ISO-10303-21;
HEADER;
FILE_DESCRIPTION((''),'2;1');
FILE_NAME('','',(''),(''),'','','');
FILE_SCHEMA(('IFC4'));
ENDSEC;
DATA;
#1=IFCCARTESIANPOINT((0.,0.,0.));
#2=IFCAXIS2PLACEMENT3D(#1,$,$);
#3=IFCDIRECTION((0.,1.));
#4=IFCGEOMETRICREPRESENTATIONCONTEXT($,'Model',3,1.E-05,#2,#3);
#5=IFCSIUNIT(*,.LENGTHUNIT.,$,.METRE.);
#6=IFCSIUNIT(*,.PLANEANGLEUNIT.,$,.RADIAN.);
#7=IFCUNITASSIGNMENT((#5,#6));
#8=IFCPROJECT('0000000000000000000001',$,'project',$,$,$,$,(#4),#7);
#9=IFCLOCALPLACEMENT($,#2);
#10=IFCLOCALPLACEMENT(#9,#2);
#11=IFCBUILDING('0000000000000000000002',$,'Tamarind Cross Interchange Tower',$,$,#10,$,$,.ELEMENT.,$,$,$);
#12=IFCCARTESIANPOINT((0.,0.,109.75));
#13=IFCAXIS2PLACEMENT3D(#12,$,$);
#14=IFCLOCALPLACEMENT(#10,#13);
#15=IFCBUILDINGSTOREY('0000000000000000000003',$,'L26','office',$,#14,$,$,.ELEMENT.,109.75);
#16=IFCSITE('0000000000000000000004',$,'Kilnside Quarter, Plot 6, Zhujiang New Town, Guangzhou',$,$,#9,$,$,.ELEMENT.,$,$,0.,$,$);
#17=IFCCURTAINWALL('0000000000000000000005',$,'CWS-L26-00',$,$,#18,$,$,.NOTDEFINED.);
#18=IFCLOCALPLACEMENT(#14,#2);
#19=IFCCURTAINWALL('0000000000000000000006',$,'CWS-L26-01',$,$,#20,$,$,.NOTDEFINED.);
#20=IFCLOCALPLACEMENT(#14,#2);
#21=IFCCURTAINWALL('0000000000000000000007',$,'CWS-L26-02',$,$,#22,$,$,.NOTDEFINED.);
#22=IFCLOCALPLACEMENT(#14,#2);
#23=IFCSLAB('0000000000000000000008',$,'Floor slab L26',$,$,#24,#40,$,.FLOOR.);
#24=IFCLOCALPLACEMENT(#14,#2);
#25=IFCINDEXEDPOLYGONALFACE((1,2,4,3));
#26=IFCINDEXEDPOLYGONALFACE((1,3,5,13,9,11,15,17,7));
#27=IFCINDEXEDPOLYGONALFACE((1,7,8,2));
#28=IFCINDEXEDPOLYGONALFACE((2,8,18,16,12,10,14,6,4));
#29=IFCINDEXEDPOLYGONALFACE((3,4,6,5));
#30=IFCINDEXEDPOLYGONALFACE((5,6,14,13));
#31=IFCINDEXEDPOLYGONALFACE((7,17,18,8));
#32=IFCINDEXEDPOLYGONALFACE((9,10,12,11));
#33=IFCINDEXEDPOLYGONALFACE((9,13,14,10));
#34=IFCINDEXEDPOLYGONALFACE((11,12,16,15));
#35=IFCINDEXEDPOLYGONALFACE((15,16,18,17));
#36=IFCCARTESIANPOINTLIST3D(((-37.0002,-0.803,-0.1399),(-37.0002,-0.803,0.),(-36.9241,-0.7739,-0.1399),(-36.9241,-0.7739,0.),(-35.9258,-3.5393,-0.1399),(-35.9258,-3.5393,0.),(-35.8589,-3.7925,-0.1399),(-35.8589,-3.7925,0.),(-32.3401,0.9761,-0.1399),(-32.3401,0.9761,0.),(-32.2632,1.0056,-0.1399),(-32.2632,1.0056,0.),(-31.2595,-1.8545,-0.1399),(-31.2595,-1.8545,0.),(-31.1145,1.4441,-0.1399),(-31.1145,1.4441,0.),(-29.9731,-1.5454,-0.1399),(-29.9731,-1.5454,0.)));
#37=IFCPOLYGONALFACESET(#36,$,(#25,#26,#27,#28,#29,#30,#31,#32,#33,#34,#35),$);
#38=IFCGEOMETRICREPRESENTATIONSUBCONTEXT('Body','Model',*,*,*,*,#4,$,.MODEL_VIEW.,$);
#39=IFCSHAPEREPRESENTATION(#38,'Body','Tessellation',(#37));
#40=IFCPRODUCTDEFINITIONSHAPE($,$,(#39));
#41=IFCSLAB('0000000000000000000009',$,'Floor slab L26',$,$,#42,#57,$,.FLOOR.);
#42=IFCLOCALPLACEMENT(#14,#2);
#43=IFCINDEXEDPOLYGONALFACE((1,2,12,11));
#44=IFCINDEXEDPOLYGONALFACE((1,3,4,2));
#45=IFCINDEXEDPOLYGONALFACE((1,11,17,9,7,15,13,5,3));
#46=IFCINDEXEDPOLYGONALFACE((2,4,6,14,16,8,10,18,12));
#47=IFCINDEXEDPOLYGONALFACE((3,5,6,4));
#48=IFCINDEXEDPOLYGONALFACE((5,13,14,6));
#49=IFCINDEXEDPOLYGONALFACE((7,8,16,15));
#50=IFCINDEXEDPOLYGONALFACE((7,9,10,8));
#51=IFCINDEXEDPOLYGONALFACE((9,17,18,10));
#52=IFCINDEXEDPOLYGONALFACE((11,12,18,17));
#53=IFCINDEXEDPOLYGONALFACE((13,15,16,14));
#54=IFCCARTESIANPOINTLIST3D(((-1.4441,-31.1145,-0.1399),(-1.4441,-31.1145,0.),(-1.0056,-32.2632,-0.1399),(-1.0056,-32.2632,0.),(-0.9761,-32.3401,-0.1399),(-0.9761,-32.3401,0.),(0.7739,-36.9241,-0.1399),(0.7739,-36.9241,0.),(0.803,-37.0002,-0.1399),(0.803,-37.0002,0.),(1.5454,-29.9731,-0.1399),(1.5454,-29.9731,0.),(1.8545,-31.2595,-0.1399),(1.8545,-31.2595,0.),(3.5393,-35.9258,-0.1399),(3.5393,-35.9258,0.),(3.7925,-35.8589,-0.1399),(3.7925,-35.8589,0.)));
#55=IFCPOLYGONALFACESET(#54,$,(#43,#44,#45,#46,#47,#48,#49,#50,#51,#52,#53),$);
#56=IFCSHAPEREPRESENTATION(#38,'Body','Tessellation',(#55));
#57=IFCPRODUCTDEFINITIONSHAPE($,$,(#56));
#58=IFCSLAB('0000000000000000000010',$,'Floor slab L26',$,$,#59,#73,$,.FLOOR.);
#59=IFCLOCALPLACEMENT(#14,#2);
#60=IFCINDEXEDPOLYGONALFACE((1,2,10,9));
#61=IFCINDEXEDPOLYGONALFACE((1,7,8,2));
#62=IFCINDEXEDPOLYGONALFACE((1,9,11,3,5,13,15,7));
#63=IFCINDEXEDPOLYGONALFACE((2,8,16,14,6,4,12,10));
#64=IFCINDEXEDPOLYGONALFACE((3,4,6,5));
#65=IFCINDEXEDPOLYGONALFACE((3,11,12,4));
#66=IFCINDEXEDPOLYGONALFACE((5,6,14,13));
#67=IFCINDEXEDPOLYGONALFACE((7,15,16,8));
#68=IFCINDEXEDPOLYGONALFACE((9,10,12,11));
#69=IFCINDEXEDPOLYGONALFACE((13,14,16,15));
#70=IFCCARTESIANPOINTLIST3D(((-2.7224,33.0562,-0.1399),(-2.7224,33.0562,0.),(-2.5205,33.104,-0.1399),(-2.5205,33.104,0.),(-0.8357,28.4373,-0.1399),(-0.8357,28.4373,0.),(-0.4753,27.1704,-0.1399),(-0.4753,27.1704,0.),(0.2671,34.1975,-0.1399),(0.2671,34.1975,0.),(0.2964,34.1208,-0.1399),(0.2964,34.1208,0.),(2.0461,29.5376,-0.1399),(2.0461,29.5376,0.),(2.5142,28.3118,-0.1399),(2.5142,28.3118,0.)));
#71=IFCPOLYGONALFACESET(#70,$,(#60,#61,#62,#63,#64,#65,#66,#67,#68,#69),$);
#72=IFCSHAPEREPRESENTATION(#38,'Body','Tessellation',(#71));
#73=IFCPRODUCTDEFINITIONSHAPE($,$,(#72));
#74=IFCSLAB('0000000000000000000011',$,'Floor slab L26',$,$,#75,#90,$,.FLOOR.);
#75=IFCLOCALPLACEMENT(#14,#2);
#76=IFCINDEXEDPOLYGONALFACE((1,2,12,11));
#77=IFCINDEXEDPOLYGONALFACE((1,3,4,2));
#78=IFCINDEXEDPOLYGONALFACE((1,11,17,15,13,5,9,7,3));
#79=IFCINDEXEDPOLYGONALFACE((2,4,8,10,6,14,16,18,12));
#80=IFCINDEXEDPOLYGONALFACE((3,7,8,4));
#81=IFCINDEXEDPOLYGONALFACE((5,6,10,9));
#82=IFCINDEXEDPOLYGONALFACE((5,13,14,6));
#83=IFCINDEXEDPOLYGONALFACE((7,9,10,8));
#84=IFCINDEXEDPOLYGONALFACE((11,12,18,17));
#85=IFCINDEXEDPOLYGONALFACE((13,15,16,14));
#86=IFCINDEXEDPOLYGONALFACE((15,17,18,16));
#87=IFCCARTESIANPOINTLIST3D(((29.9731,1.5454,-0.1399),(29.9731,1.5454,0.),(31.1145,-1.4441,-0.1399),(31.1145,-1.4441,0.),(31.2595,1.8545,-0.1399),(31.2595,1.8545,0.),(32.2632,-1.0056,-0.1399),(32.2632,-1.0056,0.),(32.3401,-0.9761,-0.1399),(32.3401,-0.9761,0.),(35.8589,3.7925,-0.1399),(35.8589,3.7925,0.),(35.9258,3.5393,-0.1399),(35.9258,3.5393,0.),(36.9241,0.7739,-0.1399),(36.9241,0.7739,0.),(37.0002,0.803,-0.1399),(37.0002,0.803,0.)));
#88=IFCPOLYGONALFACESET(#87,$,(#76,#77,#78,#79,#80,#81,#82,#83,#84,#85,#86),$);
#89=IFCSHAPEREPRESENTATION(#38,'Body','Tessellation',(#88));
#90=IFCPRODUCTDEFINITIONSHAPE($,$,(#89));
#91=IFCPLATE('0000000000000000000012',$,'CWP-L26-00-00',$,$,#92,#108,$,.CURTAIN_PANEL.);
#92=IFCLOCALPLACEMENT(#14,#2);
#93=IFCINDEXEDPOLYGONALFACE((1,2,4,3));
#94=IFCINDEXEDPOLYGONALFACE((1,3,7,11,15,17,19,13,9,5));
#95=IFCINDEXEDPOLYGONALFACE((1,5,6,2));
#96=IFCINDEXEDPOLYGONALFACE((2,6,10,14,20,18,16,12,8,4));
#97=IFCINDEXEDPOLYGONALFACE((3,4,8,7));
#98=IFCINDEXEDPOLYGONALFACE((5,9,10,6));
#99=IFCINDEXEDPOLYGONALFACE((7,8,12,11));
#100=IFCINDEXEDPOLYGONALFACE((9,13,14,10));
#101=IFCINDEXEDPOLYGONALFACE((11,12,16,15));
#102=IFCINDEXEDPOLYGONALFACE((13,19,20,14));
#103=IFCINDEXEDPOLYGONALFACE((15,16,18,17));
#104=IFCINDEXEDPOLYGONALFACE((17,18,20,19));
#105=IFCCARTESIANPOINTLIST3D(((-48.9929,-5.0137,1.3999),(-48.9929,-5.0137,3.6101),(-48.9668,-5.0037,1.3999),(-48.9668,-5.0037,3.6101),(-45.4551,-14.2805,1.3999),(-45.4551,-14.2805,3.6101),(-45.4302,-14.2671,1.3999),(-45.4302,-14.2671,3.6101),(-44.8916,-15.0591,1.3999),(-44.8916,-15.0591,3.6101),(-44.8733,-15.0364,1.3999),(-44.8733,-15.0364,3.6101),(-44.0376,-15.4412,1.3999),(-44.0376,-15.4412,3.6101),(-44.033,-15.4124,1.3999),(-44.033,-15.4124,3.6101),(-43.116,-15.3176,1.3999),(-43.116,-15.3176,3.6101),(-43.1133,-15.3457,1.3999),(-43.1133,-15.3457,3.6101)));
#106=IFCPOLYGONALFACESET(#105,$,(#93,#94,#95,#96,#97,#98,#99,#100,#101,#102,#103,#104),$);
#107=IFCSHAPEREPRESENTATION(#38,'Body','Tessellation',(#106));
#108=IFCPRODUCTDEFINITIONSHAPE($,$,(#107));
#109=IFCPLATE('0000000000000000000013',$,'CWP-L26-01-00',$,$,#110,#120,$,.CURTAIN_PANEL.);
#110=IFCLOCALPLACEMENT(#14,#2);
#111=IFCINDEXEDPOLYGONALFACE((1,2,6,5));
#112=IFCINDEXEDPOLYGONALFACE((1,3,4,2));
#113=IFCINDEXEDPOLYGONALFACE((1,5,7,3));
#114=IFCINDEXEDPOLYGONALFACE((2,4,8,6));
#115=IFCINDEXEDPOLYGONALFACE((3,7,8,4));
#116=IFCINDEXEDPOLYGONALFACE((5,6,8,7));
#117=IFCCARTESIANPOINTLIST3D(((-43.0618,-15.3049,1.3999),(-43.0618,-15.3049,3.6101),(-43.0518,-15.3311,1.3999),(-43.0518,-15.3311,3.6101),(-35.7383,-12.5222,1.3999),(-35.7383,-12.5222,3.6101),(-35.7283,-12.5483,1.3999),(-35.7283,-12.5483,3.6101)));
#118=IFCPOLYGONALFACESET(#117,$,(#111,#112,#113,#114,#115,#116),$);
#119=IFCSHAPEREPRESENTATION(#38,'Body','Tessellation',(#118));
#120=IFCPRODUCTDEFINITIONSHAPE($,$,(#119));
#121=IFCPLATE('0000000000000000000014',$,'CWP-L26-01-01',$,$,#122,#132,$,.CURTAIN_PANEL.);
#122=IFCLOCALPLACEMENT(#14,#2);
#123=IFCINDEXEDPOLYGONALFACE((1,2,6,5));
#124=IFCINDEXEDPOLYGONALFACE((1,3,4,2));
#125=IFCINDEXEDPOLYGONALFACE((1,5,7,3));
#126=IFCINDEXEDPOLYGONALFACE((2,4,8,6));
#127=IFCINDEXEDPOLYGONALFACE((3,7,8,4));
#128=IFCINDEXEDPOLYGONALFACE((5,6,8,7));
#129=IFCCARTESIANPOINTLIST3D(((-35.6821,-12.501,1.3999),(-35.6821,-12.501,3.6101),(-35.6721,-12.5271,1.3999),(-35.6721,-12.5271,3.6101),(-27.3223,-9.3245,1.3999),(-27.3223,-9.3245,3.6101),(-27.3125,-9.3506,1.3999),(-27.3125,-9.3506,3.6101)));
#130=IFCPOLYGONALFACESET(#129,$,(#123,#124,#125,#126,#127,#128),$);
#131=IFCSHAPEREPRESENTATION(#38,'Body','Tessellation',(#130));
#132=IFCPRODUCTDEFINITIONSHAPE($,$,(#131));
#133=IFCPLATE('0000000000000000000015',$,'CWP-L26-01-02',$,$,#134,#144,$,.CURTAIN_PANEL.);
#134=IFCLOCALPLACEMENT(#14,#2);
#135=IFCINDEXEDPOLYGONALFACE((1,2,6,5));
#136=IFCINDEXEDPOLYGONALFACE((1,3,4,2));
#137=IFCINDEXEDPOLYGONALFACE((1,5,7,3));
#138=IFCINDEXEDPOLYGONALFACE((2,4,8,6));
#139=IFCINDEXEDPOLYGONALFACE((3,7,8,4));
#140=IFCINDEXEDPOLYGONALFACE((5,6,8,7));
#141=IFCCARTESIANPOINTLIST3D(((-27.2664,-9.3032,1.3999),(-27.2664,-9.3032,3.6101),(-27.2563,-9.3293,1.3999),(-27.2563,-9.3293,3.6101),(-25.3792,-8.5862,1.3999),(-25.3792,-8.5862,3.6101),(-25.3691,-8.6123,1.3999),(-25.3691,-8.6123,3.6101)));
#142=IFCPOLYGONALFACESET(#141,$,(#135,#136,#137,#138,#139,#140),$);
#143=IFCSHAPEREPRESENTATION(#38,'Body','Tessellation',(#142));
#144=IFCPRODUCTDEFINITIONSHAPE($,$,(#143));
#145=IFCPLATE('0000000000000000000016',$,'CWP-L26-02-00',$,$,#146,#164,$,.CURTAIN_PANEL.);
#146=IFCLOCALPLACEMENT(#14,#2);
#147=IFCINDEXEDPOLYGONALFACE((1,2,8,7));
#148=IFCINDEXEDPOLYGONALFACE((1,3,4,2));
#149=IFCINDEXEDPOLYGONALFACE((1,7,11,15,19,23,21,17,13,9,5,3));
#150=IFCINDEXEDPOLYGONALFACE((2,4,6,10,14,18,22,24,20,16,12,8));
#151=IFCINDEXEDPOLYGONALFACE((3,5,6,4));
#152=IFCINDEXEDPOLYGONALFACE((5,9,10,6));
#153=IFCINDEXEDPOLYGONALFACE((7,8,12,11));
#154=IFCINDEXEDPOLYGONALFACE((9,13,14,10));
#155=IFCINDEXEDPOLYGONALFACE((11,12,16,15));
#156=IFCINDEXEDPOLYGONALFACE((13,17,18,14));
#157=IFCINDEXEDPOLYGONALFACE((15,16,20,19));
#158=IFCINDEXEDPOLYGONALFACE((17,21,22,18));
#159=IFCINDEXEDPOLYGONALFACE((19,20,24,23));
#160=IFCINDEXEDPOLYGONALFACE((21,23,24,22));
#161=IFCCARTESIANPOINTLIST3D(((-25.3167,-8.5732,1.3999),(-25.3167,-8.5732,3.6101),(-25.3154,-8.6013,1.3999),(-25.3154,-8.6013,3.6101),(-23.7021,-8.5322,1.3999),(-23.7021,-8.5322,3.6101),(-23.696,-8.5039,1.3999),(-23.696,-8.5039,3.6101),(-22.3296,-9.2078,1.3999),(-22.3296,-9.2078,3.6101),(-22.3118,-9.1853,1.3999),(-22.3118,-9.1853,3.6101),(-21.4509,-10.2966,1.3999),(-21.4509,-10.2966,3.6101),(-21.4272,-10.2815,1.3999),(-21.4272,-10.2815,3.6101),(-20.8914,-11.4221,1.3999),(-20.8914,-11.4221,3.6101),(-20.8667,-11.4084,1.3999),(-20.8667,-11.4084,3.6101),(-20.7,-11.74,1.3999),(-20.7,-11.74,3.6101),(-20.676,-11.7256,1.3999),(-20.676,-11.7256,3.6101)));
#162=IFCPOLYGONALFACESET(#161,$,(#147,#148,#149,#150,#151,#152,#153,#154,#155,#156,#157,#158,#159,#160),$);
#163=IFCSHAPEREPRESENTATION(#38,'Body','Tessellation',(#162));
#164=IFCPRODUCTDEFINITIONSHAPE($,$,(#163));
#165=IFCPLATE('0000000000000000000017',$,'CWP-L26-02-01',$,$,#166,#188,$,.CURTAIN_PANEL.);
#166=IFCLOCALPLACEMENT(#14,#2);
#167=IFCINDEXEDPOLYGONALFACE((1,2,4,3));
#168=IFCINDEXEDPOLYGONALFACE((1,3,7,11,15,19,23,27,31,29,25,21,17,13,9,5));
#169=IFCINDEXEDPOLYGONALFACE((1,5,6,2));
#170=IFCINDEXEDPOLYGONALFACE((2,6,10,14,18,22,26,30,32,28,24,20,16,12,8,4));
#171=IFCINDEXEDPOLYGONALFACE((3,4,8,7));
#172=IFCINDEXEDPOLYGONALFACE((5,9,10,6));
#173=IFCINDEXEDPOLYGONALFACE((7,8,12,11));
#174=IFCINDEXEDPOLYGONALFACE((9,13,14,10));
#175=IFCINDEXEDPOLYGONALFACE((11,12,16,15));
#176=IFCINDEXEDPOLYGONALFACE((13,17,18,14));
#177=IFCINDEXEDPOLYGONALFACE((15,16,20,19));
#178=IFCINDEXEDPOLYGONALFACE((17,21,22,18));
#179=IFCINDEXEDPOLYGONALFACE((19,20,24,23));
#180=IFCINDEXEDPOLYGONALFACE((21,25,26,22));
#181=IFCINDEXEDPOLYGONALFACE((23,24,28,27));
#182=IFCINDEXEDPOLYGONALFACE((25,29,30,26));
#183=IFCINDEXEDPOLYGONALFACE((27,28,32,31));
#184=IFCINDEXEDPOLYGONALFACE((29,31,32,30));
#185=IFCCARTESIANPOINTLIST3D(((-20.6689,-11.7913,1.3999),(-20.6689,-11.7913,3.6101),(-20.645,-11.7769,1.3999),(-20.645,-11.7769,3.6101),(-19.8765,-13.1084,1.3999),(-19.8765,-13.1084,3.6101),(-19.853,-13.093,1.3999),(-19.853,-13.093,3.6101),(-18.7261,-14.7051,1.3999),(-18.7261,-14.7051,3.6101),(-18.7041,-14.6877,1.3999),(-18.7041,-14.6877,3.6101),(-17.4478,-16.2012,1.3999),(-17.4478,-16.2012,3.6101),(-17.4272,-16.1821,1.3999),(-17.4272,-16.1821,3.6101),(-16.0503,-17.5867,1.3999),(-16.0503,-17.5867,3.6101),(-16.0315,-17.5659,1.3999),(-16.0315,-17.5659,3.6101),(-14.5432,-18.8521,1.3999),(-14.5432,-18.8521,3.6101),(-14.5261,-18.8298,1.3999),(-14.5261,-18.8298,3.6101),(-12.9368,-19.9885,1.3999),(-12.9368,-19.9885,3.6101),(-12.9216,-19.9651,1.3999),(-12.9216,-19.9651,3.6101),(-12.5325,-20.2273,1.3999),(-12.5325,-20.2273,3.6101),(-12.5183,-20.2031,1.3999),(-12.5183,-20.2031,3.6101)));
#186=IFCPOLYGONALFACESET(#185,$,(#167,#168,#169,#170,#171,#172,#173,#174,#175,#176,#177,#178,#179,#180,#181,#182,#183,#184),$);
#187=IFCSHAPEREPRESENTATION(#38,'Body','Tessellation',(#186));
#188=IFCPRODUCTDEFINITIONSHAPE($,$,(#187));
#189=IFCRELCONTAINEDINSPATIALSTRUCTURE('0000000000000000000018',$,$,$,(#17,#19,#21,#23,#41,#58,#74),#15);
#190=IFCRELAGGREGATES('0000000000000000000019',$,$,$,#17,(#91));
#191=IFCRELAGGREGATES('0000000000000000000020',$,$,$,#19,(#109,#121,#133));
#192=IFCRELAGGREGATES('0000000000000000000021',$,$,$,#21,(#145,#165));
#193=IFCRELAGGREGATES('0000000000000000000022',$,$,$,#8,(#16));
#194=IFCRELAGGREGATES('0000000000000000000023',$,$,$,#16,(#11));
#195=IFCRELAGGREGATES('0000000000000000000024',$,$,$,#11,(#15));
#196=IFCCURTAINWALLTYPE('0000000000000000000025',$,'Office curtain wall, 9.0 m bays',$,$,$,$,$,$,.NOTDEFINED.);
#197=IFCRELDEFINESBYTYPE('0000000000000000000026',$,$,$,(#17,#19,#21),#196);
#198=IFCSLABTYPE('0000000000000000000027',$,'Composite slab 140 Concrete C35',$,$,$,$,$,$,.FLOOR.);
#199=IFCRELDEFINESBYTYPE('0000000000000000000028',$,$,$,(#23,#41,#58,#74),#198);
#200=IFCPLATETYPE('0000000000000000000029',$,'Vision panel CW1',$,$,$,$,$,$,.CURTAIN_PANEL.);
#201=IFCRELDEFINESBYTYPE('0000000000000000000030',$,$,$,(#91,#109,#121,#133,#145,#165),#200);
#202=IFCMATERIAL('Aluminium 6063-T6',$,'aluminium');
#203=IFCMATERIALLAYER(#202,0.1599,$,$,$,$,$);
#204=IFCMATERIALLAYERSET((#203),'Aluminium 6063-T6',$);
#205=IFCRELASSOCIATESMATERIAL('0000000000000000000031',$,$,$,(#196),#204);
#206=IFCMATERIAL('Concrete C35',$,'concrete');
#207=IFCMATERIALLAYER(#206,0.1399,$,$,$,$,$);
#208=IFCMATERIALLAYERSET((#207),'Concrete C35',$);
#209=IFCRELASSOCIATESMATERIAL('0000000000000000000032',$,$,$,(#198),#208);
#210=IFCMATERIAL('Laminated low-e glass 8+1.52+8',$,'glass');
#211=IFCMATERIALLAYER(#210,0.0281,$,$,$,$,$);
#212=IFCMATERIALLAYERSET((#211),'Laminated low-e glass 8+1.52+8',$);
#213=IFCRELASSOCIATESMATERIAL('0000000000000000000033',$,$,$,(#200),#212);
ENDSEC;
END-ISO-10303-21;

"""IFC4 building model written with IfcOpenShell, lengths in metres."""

from ifc_helpers import new_model, si_unit, direction, frame, origin, place, context, subcontext, project, spatial, polyline, outline, extrude, material, layer, layer_set, type_object, element, aggregate, save


model = new_model("IFC4")

# Units and contexts
model_context = context("Model", 3, precision=1e-05, world=origin(), true_north=direction((0.0, 1.0)))
body_context = subcontext(model_context, "Body", "Model", "MODEL_VIEW")
ifc_project = project(units=[si_unit("LENGTHUNIT", "METRE"), si_unit("PLANEANGLEUNIT", "RADIAN")], contexts=[model_context])

# Site, building, storey
site_placement = place(None, origin())
site = spatial("IfcSite", under=ifc_project, at=site_placement, Name="Kilnside Quarter, Plot 6, Zhujiang New Town, Guangzhou", CompositionType="ELEMENT", RefElevation=0.0)
building_placement = place(site_placement, origin())
building = spatial("IfcBuilding", under=site, at=building_placement, Name="Tamarind Cross Interchange Tower", CompositionType="ELEMENT")
storey_placement = place(building_placement, frame((0.0, 0.0, 109.75)))
storey = spatial("IfcBuildingStorey", under=building, at=storey_placement, Name="L26", Description="office", CompositionType="ELEMENT", Elevation=109.75)

# Curtain walls
ifc_material_1 = material(Name="Aluminium 6063-T6", Category="aluminium")
ifc_layer_1 = layer(ifc_material_1, 0.1599)
ifc_layer_set_1 = layer_set([ifc_layer_1], Name="Aluminium 6063-T6")
curtain_wall_type = type_object("IfcCurtainWallType", Name="Office curtain wall, 9.0 m bays", PredefinedType="NOTDEFINED", material=ifc_layer_set_1)
curtain_wall_1_placement = place(storey_placement, origin())
curtain_wall_1 = element("IfcCurtainWall", 1, at=curtain_wall_1_placement, inside=storey, type_object=curtain_wall_type, Name="CWS-L26-00", PredefinedType="NOTDEFINED")
curtain_wall_2_placement = place(storey_placement, origin())
curtain_wall_2 = element("IfcCurtainWall", 2, at=curtain_wall_2_placement, inside=storey, type_object=curtain_wall_type, Name="CWS-L26-01", PredefinedType="NOTDEFINED")
curtain_wall_3_placement = place(storey_placement, origin())
curtain_wall_3 = element("IfcCurtainWall", 3, at=curtain_wall_3_placement, inside=storey, type_object=curtain_wall_type, Name="CWS-L26-02", PredefinedType="NOTDEFINED")

# Slabs
ifc_material_2 = material(Name="Concrete C35", Category="concrete")
ifc_layer_2 = layer(ifc_material_2, 0.1399)
ifc_layer_set_2 = layer_set([ifc_layer_2], Name="Concrete C35")
slab_type = type_object("IfcSlabType", Name="Composite slab 140 Concrete C35", PredefinedType="FLOOR", material=ifc_layer_set_2)
slab_1_placement = place(storey_placement, frame((0.0, 0.0, -0.1399)))
element("IfcSlab", 4, at=slab_1_placement, inside=storey, type_object=slab_type, Name="Floor slab L26", PredefinedType="FLOOR", context=body_context, shape_type="SweptSolid", body=[
    extrude(outline(polyline([(-37.0002, -0.803), (-35.8589, -3.7925), (-29.9731, -1.5454), (-31.1145, 1.4441), (-32.2632, 1.0056), (-32.3401, 0.9761), (-31.2595, -1.8545), (-35.9258, -3.5393), (-36.9241, -0.7739), (-37.0002, -0.803)])), origin(), (0.0, 0.0, 1.0), 0.1399),
])
slab_2_placement = place(storey_placement, frame((0.0, 0.0, -0.1399)))
element("IfcSlab", 5, at=slab_2_placement, inside=storey, type_object=slab_type, Name="Floor slab L26", PredefinedType="FLOOR", context=body_context, shape_type="SweptSolid", body=[
    extrude(outline(polyline([(0.803, -37.0002), (3.7925, -35.8589), (1.5454, -29.9731), (-1.4441, -31.1145), (-1.0056, -32.2632), (-0.9761, -32.3401), (1.8545, -31.2595), (3.5393, -35.9258), (0.7739, -36.9241), (0.803, -37.0002)])), origin(), (0.0, 0.0, 1.0), 0.1399),
])
slab_3_placement = place(storey_placement, frame((0.0, 0.0, -0.1399)))
element("IfcSlab", 6, at=slab_3_placement, inside=storey, type_object=slab_type, Name="Floor slab L26", PredefinedType="FLOOR", context=body_context, shape_type="SweptSolid", body=[
    extrude(outline(polyline([(-0.4753, 27.1704), (2.5142, 28.3118), (2.0461, 29.5376), (-0.8357, 28.4373), (-2.5205, 33.104), (0.2964, 34.1208), (0.2671, 34.1975), (-2.7224, 33.0562), (-0.4753, 27.1704)])), origin(), (0.0, 0.0, 1.0), 0.1399),
])
slab_4_placement = place(storey_placement, frame((0.0, 0.0, -0.1399)))
element("IfcSlab", 7, at=slab_4_placement, inside=storey, type_object=slab_type, Name="Floor slab L26", PredefinedType="FLOOR", context=body_context, shape_type="SweptSolid", body=[
    extrude(outline(polyline([(37.0002, 0.803), (35.8589, 3.7925), (29.9731, 1.5454), (31.1145, -1.4441), (32.2632, -1.0056), (32.3401, -0.9761), (31.2595, 1.8545), (35.9258, 3.5393), (36.9241, 0.7739), (37.0002, 0.803)])), origin(), (0.0, 0.0, 1.0), 0.1399),
])

# Plates
ifc_material_3 = material(Name="Laminated low-e glass 8+1.52+8", Category="glass")
ifc_layer_3 = layer(ifc_material_3, 0.0281)
ifc_layer_set_3 = layer_set([ifc_layer_3], Name="Laminated low-e glass 8+1.52+8")
plate_type = type_object("IfcPlateType", Name="Vision panel CW1", PredefinedType="CURTAIN_PANEL", material=ifc_layer_set_3)
plate_1_placement = place(storey_placement, frame((0.0, 0.0, 1.3999)))
plate_1 = element("IfcPlate", 8, at=plate_1_placement, type_object=plate_type, Name="CWP-L26-00-00", PredefinedType="CURTAIN_PANEL", context=body_context, shape_type="SweptSolid", body=[
    extrude(outline(polyline([(-48.9668, -5.0037), (-45.4302, -14.2671), (-44.8733, -15.0364), (-44.033, -15.4124), (-43.116, -15.3176), (-43.1133, -15.3457), (-44.0376, -15.4412), (-44.8916, -15.0591), (-45.4551, -14.2805), (-48.9929, -5.0137), (-48.9668, -5.0037)])), origin(), (0.0, 0.0, 1.0), 2.2102),
])
aggregate(curtain_wall_1, [plate_1])
plate_2_placement = place(storey_placement, frame((0.0, 0.0, 1.3999)))
plate_2 = element("IfcPlate", 9, at=plate_2_placement, type_object=plate_type, Name="CWP-L26-01-00", PredefinedType="CURTAIN_PANEL", context=body_context, shape_type="SweptSolid", body=[
    extrude(outline(polyline([(-43.0618, -15.3049), (-35.7383, -12.5222), (-35.7283, -12.5483), (-43.0518, -15.3311), (-43.0618, -15.3049)])), origin(), (0.0, 0.0, 1.0), 2.2102),
])
plate_3_placement = place(storey_placement, frame((0.0, 0.0, 1.3999)))
plate_3 = element("IfcPlate", 10, at=plate_3_placement, type_object=plate_type, Name="CWP-L26-01-01", PredefinedType="CURTAIN_PANEL", context=body_context, shape_type="SweptSolid", body=[
    extrude(outline(polyline([(-35.6821, -12.501), (-27.3223, -9.3245), (-27.3125, -9.3506), (-35.6721, -12.5271), (-35.6821, -12.501)])), origin(), (0.0, 0.0, 1.0), 2.2102),
])
plate_4_placement = place(storey_placement, frame((0.0, 0.0, 1.3999)))
plate_4 = element("IfcPlate", 11, at=plate_4_placement, type_object=plate_type, Name="CWP-L26-01-02", PredefinedType="CURTAIN_PANEL", context=body_context, shape_type="SweptSolid", body=[
    extrude(outline(polyline([(-27.2664, -9.3032), (-25.3792, -8.5862), (-25.3691, -8.6123), (-27.2563, -9.3293), (-27.2664, -9.3032)])), origin(), (0.0, 0.0, 1.0), 2.2102),
])
aggregate(curtain_wall_2, [plate_2, plate_3, plate_4])
plate_5_placement = place(storey_placement, frame((0.0, 0.0, 1.3999)))
plate_5 = element("IfcPlate", 12, at=plate_5_placement, type_object=plate_type, Name="CWP-L26-02-00", PredefinedType="CURTAIN_PANEL", context=body_context, shape_type="SweptSolid", body=[
    extrude(outline(polyline([(-25.3167, -8.5732), (-23.696, -8.5039), (-22.3118, -9.1853), (-21.4272, -10.2815), (-20.8667, -11.4084), (-20.676, -11.7256), (-20.7, -11.74), (-20.8914, -11.4221), (-21.4509, -10.2966), (-22.3296, -9.2078), (-23.7021, -8.5322), (-25.3154, -8.6013), (-25.3167, -8.5732)])), origin(), (0.0, 0.0, 1.0), 2.2102),
])
plate_6_placement = place(storey_placement, frame((0.0, 0.0, 1.3999)))
plate_6 = element("IfcPlate", 13, at=plate_6_placement, type_object=plate_type, Name="CWP-L26-02-01", PredefinedType="CURTAIN_PANEL", context=body_context, shape_type="SweptSolid", body=[
    extrude(outline(polyline([(-20.645, -11.7769), (-19.853, -13.093), (-18.7041, -14.6877), (-17.4272, -16.1821), (-16.0315, -17.5659), (-14.5261, -18.8298), (-12.9216, -19.9651), (-12.5183, -20.2031), (-12.5325, -20.2273), (-12.9368, -19.9885), (-14.5432, -18.8521), (-16.0503, -17.5867), (-17.4478, -16.2012), (-18.7261, -14.7051), (-19.8765, -13.1084), (-20.6689, -11.7913), (-20.645, -11.7769)])), origin(), (0.0, 0.0, 1.0), 2.2102),
])
aggregate(curtain_wall_3, [plate_5, plate_6])

save(model, "model.ifc")
